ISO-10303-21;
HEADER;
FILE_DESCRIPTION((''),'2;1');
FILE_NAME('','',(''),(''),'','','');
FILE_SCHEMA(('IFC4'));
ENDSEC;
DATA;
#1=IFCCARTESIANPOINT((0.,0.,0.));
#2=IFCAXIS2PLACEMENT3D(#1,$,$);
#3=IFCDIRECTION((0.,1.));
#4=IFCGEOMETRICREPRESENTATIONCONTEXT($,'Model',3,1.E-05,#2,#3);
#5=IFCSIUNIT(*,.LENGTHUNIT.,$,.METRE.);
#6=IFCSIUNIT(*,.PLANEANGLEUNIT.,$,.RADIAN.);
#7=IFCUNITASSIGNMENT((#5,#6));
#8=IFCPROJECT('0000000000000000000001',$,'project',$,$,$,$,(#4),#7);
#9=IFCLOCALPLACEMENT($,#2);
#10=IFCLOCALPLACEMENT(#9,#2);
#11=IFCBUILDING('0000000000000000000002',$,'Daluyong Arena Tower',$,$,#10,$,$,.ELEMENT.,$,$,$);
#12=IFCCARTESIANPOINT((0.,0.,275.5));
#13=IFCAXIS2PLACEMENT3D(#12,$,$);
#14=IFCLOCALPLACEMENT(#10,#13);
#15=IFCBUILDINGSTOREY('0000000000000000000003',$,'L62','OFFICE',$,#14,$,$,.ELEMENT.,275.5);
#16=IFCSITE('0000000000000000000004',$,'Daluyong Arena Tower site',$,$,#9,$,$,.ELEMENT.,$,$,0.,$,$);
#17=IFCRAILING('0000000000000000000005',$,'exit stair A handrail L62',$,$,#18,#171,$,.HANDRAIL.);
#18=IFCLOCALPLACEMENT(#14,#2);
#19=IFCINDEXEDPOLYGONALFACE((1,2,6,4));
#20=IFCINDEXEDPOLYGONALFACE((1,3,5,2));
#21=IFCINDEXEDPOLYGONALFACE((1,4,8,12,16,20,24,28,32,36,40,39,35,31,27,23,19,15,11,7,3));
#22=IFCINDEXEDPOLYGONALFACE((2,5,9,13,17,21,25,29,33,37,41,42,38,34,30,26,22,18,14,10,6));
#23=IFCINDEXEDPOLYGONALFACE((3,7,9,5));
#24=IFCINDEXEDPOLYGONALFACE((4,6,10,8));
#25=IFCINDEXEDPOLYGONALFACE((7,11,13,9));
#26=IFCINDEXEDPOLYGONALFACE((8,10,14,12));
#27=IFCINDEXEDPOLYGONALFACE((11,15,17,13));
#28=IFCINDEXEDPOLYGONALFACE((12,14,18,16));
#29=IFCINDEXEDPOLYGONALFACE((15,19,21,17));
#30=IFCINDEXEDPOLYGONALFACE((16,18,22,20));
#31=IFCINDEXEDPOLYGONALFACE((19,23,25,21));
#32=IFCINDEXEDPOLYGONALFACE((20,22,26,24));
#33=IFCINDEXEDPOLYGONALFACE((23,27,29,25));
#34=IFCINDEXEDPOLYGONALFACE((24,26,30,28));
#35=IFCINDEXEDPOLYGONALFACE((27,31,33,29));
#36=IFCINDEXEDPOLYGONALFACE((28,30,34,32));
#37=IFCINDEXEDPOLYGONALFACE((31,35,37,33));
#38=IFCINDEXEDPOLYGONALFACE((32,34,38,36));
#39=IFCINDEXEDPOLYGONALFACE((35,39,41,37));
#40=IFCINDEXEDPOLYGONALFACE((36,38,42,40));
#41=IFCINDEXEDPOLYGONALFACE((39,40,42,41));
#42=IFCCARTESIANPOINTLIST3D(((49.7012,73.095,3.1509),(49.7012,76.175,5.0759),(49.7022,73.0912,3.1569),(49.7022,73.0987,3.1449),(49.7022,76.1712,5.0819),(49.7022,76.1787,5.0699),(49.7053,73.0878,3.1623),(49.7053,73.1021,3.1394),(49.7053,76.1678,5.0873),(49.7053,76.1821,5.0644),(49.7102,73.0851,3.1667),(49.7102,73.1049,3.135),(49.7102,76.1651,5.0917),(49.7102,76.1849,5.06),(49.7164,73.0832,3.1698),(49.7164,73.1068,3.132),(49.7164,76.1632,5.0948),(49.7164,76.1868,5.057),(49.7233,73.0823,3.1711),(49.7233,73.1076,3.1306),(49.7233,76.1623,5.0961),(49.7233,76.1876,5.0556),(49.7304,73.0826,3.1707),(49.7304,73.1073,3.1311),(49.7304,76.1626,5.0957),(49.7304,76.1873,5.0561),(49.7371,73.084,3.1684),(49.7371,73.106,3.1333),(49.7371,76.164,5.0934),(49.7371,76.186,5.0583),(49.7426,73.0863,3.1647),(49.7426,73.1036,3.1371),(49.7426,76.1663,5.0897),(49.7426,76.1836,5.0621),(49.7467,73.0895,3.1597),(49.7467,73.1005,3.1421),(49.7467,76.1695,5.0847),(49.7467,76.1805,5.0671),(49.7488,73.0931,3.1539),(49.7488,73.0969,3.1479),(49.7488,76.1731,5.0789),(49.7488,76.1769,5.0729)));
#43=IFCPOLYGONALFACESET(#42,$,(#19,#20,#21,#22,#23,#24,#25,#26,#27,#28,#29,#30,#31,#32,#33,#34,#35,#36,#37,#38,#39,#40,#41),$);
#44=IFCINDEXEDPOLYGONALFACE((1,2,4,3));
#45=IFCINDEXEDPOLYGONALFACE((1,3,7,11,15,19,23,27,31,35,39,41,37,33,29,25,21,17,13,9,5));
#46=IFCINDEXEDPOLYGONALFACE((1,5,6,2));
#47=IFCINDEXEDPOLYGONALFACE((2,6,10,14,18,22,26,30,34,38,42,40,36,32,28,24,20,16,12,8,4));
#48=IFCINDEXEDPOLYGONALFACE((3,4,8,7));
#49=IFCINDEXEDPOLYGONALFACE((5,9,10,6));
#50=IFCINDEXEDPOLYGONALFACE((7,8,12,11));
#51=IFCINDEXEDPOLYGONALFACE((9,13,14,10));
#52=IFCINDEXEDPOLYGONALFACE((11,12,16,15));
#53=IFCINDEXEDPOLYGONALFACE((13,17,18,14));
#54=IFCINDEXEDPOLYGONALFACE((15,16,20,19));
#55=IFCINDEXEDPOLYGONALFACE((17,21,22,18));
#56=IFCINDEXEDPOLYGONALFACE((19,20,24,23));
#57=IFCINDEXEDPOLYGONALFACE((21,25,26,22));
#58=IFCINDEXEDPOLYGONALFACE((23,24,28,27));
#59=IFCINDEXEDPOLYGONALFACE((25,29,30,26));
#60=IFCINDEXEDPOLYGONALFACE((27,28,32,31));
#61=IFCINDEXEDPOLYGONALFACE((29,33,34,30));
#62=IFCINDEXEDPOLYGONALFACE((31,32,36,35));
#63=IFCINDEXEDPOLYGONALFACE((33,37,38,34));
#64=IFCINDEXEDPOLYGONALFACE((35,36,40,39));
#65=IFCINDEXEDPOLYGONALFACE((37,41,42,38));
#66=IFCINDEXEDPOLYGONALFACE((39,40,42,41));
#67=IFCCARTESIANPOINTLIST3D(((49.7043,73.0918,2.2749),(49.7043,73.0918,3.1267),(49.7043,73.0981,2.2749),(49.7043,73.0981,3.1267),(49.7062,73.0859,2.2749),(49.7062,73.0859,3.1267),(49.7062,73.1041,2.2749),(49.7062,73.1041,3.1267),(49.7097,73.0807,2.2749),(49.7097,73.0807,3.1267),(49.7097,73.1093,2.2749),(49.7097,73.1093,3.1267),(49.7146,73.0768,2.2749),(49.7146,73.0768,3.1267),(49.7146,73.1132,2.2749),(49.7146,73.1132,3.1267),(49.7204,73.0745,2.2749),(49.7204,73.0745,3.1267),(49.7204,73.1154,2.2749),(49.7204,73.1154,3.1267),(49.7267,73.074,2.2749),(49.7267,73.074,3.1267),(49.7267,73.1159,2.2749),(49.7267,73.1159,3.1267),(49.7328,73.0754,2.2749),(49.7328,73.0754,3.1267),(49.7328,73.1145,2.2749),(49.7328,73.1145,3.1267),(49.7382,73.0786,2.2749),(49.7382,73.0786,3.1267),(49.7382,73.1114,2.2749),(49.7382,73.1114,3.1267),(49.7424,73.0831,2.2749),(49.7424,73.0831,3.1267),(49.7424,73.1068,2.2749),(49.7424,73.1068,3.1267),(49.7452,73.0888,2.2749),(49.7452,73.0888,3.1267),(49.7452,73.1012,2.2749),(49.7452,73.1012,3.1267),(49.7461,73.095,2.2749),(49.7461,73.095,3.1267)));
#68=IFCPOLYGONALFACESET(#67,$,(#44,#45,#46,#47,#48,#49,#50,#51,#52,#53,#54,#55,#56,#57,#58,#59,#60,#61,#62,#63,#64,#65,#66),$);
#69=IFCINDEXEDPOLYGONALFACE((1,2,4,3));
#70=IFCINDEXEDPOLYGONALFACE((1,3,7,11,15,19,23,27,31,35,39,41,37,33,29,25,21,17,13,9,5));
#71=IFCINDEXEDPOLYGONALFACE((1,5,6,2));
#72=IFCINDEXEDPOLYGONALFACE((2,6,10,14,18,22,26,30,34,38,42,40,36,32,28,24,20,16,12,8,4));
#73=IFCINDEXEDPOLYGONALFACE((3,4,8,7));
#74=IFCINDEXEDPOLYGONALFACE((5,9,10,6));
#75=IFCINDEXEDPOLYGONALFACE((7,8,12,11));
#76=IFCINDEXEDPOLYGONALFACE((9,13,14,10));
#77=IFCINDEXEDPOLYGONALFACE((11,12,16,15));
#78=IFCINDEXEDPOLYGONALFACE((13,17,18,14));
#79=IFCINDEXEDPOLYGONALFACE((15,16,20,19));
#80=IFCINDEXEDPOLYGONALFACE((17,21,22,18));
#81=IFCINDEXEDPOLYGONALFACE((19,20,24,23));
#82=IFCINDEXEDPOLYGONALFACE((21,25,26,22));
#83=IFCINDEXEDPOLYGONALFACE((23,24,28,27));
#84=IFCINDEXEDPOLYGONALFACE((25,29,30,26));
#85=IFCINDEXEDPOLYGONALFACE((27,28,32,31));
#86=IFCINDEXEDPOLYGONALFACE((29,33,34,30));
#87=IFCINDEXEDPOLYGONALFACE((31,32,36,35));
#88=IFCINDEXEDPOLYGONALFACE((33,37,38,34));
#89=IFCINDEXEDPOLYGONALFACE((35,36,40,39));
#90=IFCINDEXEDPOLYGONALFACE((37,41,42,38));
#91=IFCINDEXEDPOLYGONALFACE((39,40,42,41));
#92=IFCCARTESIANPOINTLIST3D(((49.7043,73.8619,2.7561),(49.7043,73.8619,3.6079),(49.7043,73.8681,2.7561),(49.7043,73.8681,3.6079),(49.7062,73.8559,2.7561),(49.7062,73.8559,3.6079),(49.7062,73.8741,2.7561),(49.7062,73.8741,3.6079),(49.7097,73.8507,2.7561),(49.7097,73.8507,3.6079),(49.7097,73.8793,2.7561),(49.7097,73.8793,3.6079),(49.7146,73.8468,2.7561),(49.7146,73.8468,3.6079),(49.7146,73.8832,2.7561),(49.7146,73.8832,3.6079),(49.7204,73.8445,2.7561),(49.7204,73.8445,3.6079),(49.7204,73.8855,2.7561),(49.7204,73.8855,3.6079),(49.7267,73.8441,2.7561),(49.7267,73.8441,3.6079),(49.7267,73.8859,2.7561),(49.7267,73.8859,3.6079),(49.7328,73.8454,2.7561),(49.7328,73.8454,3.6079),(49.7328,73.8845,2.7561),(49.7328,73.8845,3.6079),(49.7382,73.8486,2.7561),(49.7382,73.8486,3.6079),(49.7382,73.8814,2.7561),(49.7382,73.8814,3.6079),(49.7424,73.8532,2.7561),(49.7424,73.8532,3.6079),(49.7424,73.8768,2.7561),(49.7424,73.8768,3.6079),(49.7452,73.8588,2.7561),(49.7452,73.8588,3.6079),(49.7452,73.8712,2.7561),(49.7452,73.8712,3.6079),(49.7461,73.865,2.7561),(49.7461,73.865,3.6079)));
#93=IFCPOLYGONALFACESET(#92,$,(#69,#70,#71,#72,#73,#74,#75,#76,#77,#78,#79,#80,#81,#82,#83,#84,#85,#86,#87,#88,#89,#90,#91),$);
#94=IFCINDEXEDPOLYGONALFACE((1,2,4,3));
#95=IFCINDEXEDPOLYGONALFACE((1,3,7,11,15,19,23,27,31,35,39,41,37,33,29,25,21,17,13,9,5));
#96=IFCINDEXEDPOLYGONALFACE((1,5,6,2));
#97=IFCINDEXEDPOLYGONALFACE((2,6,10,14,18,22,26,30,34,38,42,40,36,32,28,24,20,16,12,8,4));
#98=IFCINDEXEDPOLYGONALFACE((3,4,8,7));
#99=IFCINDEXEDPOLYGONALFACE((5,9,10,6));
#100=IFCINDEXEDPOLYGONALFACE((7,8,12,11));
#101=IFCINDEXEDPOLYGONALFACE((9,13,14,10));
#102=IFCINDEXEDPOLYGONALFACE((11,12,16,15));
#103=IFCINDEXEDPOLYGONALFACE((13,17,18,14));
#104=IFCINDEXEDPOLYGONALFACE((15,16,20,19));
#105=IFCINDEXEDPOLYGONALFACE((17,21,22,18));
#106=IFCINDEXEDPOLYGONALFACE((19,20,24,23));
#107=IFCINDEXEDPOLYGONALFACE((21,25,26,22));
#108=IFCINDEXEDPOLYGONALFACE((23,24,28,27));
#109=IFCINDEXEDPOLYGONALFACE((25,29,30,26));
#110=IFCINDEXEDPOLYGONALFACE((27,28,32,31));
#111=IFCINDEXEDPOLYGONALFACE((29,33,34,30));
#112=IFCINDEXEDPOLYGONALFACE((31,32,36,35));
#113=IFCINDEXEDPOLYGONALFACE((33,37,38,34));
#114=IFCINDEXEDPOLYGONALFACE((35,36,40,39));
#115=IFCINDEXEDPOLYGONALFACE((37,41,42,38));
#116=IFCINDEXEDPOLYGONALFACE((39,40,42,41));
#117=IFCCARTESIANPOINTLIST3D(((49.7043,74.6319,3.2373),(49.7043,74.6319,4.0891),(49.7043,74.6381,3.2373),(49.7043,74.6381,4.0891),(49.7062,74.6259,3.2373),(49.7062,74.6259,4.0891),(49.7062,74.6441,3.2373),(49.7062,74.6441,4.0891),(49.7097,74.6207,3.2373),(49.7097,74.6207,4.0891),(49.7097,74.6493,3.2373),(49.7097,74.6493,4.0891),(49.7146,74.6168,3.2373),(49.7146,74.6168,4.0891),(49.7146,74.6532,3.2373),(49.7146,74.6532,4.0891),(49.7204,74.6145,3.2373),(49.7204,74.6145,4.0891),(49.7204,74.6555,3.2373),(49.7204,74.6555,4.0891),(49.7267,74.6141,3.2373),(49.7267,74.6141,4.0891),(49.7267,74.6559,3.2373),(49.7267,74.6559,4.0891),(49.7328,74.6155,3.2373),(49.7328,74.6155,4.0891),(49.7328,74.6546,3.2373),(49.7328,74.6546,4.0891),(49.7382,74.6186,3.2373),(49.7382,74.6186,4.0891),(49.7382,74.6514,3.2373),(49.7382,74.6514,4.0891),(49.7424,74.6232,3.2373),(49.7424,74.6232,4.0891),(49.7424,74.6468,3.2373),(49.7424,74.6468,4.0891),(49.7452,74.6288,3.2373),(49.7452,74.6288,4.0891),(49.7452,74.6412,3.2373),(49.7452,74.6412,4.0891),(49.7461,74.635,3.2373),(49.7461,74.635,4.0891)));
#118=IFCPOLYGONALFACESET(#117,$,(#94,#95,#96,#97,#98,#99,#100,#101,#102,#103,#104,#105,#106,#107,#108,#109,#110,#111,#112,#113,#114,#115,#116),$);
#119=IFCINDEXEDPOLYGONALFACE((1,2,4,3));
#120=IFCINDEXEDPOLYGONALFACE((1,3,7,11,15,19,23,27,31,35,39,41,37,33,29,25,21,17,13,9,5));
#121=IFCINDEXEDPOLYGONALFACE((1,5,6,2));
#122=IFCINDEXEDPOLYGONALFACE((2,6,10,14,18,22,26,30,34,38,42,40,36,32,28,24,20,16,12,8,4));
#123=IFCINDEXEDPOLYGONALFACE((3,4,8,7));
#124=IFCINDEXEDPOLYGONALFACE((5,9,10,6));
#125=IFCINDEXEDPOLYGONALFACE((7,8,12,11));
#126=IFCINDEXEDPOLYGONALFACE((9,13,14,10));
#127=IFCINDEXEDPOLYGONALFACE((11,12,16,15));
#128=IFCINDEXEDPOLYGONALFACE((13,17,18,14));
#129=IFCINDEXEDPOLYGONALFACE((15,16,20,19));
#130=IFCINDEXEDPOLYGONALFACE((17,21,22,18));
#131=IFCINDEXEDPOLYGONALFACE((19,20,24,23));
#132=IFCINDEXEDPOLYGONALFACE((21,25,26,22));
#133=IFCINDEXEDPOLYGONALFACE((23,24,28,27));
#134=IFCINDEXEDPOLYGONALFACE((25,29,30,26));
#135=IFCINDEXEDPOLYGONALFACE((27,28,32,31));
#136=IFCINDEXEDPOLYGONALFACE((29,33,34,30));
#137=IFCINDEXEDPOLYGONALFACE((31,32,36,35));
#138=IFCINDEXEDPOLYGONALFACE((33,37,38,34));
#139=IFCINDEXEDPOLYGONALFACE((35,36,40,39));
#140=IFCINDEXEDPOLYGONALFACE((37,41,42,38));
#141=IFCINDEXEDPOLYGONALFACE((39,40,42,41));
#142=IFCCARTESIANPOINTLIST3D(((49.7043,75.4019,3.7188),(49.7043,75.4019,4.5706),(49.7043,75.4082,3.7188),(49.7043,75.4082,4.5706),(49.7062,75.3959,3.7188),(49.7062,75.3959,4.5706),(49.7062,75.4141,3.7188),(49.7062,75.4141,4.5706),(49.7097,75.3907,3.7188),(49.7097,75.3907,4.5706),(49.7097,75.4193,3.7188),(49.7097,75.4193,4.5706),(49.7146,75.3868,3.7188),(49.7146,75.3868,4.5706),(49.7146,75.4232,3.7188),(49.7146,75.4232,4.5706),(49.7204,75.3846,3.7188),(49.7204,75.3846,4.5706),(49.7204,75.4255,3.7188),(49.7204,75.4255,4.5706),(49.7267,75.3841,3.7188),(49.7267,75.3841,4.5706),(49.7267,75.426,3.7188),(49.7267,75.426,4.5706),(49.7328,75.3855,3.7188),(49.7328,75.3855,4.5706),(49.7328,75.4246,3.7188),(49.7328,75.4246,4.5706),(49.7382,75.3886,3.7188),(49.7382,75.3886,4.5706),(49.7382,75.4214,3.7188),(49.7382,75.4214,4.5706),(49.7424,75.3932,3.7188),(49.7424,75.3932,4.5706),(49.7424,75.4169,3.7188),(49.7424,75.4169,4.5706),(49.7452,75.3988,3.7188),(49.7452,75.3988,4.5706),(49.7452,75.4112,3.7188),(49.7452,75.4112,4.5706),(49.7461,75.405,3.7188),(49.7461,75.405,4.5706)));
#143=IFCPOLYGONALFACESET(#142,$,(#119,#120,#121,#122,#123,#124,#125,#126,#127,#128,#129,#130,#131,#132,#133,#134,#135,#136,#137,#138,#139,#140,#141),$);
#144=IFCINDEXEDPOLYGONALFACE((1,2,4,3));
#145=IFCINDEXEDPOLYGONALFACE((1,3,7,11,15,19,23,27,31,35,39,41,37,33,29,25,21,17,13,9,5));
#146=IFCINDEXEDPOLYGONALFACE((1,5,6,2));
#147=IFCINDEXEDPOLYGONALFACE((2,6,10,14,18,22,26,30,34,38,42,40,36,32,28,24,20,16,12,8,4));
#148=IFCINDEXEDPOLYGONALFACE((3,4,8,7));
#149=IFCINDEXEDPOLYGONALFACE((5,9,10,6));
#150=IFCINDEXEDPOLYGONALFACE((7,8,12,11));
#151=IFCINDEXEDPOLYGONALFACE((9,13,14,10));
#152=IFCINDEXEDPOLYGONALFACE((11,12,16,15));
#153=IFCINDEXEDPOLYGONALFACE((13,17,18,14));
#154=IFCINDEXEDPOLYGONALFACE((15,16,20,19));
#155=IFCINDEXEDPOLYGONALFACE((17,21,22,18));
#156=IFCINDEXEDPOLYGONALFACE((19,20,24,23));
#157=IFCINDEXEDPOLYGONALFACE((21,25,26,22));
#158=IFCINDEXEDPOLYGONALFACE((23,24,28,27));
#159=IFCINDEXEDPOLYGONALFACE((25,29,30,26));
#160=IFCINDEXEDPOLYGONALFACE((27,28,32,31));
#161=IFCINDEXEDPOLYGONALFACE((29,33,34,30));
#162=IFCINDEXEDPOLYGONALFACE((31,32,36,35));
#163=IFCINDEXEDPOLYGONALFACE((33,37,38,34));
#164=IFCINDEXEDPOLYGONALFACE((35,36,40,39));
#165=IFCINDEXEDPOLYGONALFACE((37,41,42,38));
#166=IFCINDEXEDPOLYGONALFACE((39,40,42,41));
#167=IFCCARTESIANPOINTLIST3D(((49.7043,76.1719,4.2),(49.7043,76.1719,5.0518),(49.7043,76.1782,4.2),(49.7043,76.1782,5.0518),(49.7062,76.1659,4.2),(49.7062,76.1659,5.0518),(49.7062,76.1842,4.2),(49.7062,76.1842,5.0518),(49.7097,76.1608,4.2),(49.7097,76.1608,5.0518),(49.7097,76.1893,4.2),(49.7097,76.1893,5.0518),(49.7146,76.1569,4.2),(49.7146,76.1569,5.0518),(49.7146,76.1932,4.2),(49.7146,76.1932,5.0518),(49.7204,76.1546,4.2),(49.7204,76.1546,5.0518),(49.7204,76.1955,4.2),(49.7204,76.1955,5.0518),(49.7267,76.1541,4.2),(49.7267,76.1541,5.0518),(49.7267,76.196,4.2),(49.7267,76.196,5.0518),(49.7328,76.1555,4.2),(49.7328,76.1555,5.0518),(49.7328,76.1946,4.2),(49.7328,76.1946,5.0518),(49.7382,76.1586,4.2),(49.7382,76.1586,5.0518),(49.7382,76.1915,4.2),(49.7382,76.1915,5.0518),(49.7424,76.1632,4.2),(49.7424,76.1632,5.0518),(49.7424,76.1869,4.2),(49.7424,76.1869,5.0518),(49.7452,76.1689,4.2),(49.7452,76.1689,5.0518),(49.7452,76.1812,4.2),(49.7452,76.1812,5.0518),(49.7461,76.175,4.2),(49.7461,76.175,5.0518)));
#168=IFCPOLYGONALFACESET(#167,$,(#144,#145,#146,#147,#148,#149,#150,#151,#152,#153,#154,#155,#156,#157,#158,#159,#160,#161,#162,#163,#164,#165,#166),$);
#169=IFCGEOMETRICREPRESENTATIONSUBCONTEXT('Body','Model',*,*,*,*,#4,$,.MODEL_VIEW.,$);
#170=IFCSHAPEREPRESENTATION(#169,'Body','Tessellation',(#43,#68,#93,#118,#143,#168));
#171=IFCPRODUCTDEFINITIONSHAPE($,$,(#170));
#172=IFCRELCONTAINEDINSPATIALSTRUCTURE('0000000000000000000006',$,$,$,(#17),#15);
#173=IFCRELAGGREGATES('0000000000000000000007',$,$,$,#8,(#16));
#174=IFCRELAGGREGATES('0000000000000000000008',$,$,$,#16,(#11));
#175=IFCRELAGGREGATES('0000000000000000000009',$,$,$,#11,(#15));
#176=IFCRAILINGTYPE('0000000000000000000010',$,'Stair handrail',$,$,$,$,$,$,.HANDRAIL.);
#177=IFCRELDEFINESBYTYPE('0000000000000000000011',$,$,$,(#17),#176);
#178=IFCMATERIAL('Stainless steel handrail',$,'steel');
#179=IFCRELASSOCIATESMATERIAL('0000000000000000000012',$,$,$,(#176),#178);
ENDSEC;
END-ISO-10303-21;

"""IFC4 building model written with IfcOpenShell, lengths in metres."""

from ifc_helpers import new_model, si_unit, direction, frame, origin, origin_2d, place, context, subcontext, project, spatial, circle, extrude, material, type_object, element, save


model = new_model("IFC4")

# Units and contexts
model_context = context("Model", 3, precision=1e-05, world=origin(), true_north=direction((0.0, 1.0)))
body_context = subcontext(model_context, "Body", "Model", "MODEL_VIEW")
ifc_project = project(units=[si_unit("LENGTHUNIT", "METRE"), si_unit("PLANEANGLEUNIT", "RADIAN")], contexts=[model_context])

# Site, building, storey
site_placement = place(None, origin())
site = spatial("IfcSite", under=ifc_project, at=site_placement, Name="Daluyong Arena Tower site", CompositionType="ELEMENT", RefElevation=0.0)
building_placement = place(site_placement, origin())
building = spatial("IfcBuilding", under=site, at=building_placement, Name="Daluyong Arena Tower", CompositionType="ELEMENT")
storey_placement = place(building_placement, frame((0.0, 0.0, 275.5)))
storey = spatial("IfcBuildingStorey", under=building, at=storey_placement, Name="L62", Description="OFFICE", CompositionType="ELEMENT", Elevation=275.5)

# Railing
ifc_material_1 = material(Name="Stainless steel handrail", Category="steel")
railing_type_1 = type_object("IfcRailingType", Name="Stair handrail", PredefinedType="HANDRAIL", material=ifc_material_1)
railing_1_placement = place(storey_placement, frame((49.7251, 73.095, 2.2749)))
element("IfcRailing", 1, at=railing_1_placement, inside=storey, type_object=railing_type_1, Name="exit stair A handrail L62", PredefinedType="HANDRAIL", context=body_context, shape_type="SweptSolid", body=[
    extrude(circle(Radius=0.0239, at=origin_2d()), frame((0.0, 0.0, 0.876), z_axis=(0.0, 0.847998, 0.529999), x_axis=(-1.0, 0.0, 0.0)), (0.0, 0.0, 1.0), 3.6321),
    extrude(circle(Radius=0.021, at=origin_2d()), origin(), (0.0, 0.0, 1.0), 0.8518),
    extrude(circle(Radius=0.021, at=origin_2d()), frame((0.0, 0.77, 0.4812)), (0.0, 0.0, 1.0), 0.8518),
    extrude(circle(Radius=0.021, at=origin_2d()), frame((0.0, 1.54, 0.9624)), (0.0, 0.0, 1.0), 0.8518),
    extrude(circle(Radius=0.021, at=origin_2d()), frame((0.0, 2.3101, 1.4438)), (0.0, 0.0, 1.0), 0.8518),
    extrude(circle(Radius=0.021, at=origin_2d()), frame((0.0, 3.0801, 1.925)), (0.0, 0.0, 1.0), 0.8518),
])

save(model, "model.ifc")
